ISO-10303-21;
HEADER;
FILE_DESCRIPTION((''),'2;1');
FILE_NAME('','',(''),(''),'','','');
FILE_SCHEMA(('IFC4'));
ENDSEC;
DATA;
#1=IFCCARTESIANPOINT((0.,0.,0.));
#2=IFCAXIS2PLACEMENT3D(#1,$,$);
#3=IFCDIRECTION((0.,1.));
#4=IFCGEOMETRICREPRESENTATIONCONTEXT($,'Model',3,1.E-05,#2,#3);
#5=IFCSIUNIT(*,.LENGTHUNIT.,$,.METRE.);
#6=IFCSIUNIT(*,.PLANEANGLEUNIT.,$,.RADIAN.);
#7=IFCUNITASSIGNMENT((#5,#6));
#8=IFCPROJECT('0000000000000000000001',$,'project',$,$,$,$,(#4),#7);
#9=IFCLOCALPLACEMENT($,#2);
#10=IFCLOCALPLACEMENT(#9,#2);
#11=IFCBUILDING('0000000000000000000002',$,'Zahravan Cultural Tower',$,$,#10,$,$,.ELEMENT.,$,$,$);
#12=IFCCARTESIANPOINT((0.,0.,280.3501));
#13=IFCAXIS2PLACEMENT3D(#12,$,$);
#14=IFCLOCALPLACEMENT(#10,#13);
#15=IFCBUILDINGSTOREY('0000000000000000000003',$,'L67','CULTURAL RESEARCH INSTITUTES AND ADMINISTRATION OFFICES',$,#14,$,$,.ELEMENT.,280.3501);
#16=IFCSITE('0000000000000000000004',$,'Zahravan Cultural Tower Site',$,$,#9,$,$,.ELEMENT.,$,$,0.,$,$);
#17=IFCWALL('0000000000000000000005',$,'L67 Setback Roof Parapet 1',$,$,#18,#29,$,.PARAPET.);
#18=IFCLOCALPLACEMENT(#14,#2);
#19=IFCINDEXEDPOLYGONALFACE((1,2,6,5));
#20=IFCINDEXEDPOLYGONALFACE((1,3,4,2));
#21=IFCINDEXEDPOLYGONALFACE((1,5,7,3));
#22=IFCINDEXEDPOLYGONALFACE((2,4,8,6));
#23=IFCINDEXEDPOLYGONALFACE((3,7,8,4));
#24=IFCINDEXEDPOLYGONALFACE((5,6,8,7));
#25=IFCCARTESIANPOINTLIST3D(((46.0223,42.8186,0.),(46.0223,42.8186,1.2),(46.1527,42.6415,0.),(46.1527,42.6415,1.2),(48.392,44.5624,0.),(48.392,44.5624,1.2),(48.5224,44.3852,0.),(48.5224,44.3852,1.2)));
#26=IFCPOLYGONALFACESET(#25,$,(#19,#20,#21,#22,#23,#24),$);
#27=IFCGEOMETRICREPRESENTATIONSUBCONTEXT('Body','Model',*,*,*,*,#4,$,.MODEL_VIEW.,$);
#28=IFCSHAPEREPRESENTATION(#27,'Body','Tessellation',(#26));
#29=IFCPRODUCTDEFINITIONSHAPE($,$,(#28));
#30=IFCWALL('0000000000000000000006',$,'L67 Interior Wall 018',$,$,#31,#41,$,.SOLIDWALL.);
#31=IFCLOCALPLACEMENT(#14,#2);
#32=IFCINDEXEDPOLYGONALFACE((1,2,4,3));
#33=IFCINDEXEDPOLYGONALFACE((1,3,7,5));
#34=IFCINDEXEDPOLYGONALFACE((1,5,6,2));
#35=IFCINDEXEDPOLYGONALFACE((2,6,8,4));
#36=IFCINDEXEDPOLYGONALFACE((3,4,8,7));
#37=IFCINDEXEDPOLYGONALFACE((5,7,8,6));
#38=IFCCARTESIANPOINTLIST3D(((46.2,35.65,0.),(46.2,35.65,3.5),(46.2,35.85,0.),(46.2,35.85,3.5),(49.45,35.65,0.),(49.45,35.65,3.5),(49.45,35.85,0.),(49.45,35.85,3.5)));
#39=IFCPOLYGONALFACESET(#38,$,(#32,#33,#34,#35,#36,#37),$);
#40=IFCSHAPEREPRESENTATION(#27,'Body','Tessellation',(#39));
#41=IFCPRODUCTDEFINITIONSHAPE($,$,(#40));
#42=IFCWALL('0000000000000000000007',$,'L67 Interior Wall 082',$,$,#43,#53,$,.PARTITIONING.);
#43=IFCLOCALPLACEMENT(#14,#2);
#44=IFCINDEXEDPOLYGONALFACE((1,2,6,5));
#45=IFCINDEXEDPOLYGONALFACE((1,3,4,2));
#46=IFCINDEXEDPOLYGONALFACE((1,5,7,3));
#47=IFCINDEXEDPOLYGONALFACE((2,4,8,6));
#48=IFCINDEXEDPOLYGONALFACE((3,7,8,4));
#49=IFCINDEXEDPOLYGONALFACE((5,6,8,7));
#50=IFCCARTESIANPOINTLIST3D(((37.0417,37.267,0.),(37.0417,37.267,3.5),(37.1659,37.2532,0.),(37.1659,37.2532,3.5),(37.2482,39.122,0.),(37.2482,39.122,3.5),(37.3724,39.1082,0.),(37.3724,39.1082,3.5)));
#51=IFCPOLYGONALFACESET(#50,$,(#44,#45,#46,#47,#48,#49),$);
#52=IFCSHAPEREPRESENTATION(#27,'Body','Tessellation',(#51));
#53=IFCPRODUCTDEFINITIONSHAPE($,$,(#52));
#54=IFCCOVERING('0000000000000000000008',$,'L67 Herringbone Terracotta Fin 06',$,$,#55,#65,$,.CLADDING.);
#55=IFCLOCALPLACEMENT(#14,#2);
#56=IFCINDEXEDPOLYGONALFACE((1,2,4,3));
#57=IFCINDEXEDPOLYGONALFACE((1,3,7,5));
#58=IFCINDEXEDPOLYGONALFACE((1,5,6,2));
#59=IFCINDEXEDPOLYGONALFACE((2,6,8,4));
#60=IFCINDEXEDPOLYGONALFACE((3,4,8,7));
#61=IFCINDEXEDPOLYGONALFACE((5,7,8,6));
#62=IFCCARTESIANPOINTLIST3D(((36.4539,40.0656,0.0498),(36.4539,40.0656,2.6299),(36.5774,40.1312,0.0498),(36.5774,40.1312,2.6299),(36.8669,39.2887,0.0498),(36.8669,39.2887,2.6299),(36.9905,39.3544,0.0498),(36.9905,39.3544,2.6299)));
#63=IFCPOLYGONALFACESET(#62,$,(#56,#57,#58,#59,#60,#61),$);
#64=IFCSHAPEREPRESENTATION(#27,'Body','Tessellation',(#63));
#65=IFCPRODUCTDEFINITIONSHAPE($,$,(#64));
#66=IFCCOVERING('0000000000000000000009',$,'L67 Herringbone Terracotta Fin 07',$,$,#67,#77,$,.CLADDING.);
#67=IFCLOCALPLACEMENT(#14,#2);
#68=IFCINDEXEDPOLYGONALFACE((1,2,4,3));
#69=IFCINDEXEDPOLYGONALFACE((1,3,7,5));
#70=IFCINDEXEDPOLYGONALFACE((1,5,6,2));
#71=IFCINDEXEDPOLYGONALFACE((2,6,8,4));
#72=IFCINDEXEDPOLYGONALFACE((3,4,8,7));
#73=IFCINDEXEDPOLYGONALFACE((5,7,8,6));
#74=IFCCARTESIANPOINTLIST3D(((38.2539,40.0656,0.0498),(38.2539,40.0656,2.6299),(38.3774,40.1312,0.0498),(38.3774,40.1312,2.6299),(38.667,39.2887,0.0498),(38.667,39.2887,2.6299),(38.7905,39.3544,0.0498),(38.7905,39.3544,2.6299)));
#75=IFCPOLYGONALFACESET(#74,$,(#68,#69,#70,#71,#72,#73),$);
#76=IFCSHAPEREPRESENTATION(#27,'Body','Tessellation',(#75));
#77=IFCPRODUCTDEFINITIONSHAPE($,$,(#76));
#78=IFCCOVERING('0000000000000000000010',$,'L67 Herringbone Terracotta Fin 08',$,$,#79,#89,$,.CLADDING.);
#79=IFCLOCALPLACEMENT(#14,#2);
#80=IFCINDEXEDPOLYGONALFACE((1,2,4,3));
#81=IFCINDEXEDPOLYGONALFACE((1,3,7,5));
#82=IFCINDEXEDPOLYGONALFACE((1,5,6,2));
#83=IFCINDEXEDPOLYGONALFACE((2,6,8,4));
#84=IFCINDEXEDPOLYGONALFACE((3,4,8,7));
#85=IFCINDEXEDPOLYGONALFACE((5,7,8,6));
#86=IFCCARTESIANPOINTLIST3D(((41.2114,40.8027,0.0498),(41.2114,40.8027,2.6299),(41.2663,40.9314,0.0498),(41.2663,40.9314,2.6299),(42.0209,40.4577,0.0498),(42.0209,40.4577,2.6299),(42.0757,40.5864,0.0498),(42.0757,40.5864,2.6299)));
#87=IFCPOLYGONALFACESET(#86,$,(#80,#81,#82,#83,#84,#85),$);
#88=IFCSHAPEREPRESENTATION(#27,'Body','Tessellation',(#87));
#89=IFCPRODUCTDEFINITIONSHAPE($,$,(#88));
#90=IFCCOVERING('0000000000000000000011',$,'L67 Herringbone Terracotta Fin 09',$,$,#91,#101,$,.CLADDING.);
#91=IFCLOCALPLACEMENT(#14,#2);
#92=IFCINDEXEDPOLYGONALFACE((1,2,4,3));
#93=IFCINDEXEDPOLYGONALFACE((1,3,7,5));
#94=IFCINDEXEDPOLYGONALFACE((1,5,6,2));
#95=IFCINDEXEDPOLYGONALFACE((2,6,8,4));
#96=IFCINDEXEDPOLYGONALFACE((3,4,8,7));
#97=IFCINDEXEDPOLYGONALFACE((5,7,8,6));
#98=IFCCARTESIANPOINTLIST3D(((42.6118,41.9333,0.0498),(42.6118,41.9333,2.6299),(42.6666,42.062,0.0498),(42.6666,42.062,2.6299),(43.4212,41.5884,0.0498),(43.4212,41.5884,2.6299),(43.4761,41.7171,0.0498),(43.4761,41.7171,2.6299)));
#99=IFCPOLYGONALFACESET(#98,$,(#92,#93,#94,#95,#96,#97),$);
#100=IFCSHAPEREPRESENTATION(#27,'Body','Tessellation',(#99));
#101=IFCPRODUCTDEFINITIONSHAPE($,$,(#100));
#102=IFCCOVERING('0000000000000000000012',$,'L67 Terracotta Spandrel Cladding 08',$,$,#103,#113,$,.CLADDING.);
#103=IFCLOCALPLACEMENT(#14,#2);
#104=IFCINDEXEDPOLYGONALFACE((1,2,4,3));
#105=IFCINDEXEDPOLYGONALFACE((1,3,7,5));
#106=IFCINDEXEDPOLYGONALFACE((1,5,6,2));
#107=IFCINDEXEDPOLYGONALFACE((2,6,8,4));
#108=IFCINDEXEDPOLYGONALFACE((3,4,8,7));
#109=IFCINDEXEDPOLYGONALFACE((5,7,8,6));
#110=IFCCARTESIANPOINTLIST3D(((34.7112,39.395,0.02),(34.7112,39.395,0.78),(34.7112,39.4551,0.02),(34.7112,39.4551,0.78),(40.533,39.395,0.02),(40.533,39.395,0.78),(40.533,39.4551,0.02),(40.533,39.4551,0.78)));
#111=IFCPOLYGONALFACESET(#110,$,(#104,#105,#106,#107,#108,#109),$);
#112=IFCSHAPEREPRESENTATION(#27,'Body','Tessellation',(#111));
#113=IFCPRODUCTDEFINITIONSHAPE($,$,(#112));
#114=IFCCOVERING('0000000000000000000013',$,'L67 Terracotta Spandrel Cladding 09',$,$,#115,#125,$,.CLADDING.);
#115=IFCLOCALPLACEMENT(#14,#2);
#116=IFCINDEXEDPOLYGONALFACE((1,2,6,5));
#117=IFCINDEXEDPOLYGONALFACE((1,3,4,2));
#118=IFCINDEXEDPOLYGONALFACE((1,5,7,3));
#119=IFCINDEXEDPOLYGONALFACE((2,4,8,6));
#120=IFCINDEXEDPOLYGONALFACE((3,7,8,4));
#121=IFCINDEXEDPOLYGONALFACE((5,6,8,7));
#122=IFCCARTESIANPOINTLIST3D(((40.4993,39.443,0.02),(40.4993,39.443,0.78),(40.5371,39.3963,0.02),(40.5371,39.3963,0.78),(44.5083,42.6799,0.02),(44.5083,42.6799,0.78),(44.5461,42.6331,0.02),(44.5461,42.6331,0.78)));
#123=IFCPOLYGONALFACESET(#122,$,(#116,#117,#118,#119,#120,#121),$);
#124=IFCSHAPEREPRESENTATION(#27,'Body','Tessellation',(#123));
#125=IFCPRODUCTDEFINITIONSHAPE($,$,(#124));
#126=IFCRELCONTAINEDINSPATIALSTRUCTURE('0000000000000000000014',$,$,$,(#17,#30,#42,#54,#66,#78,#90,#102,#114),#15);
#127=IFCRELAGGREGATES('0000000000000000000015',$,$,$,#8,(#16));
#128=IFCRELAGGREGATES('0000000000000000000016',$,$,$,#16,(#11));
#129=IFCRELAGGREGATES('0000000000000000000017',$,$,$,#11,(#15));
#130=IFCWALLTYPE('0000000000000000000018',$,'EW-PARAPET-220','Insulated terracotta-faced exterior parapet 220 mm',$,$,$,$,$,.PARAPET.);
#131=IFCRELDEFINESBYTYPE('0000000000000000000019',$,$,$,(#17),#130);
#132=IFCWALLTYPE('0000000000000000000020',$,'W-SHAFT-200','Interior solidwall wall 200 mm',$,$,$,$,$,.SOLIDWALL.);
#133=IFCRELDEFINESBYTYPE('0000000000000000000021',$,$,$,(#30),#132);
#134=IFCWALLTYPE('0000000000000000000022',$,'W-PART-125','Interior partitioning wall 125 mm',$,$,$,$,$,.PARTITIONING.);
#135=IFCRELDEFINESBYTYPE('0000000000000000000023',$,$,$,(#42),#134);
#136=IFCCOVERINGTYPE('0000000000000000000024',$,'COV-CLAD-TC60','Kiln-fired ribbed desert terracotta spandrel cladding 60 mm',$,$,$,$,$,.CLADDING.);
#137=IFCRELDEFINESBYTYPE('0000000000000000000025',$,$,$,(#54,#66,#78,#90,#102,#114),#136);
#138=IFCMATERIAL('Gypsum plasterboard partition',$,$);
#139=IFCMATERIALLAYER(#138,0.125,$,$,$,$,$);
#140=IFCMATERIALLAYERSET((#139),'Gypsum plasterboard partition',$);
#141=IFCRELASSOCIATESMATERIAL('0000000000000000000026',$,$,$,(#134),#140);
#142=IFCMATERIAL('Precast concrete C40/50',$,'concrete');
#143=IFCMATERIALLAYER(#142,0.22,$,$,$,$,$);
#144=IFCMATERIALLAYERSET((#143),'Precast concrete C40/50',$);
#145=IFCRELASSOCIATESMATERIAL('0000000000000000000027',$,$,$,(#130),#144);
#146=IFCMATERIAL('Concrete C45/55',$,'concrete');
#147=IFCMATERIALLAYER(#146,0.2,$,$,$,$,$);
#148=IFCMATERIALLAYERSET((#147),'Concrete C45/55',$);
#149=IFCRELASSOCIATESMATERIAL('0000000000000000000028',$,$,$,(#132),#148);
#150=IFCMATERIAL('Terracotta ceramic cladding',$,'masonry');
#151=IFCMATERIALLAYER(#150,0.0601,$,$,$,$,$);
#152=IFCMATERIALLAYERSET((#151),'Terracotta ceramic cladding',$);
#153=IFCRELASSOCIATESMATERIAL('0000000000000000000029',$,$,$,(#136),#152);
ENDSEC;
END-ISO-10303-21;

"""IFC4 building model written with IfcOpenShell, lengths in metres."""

from ifc_helpers import new_model, si_unit, direction, frame, frame_2d, origin, origin_2d, place, context, subcontext, project, spatial, rectangle, extrude, source, transform, mapped, material, layer, layer_set, type_object, element, save


model = new_model("IFC4")

# Units and contexts
model_context = context("Model", 3, precision=1e-05, world=origin(), true_north=direction((0.0, 1.0)))
body_context = subcontext(model_context, "Body", "Model", "MODEL_VIEW")
ifc_project = project(units=[si_unit("LENGTHUNIT", "METRE"), si_unit("PLANEANGLEUNIT", "RADIAN")], contexts=[model_context])

# Site, building, storey
site_placement = place(None, origin())
site = spatial("IfcSite", under=ifc_project, at=site_placement, Name="Zahravan Cultural Tower Site", CompositionType="ELEMENT", RefElevation=0.0)
building_placement = place(site_placement, origin())
building = spatial("IfcBuilding", under=site, at=building_placement, Name="Zahravan Cultural Tower", CompositionType="ELEMENT")
storey_placement = place(building_placement, frame((0.0, 0.0, 280.3501)))
storey = spatial("IfcBuildingStorey", under=building, at=storey_placement, Name="L67", Description="CULTURAL RESEARCH INSTITUTES AND ADMINISTRATION OFFICES", CompositionType="ELEMENT", Elevation=280.3501)

# Shared definitions
ifc_material_1 = material(Name="Precast concrete C40/50", Category="concrete")

# Shared definitions
ifc_material_2 = material(Name="Gypsum plasterboard partition")
ifc_layer_1 = layer(ifc_material_2, 0.125)
ifc_layer_set_1 = layer_set([ifc_layer_1], Name="Gypsum plasterboard partition")
wall_type_1 = type_object("IfcWallType", Name="W-PART-125", Description="Interior partitioning wall 125 mm", PredefinedType="PARTITIONING", material=ifc_layer_set_1)

# Walls
ifc_layer_2 = layer(ifc_material_1, 0.22)
ifc_layer_set_2 = layer_set([ifc_layer_2], Name="Precast concrete C40/50")
wall_type_2 = type_object("IfcWallType", Name="EW-PARAPET-220", Description="Insulated terracotta-faced exterior parapet 220 mm", PredefinedType="PARAPET", material=ifc_layer_set_2)
shared_shape_1 = source(origin(), body_context, "Body", "SweptSolid", [
    extrude(rectangle(XDim=2.9421, YDim=0.22, at=frame_2d((1.4712, 0.0))), origin(), (0.0, 0.0, 1.0), 1.2),
])
wall_1_placement = place(storey_placement, frame((46.0874, 42.73, 0.0), z_axis=(0.0, 0.0, 1.0), x_axis=(0.805444, 0.592672, 0.0)))
element("IfcWall", 1, at=wall_1_placement, inside=storey, type_object=wall_type_2, Name="L67 Setback Roof Parapet 1", PredefinedType="PARAPET", context=body_context, shape_type="MappedRepresentation", body=[
    mapped(shared_shape_1, transform((0.0, 0.0, 0.0), x_axis=(1.0, 0.0, 0.0), y_axis=(0.0, 1.0, 0.0), z_axis=(0.0, 0.0, 1.0), scale=1.0)),
])
ifc_material_3 = material(Name="Concrete C45/55", Category="concrete")
ifc_layer_3 = layer(ifc_material_3, 0.2)
ifc_layer_set_3 = layer_set([ifc_layer_3], Name="Concrete C45/55")
wall_type_3 = type_object("IfcWallType", Name="W-SHAFT-200", Description="Interior solidwall wall 200 mm", PredefinedType="SOLIDWALL", material=ifc_layer_set_3)
shared_shape_2 = source(origin(), body_context, "Body", "SweptSolid", [
    extrude(rectangle(XDim=3.25, YDim=0.2, at=frame_2d((1.625, 0.0))), origin(), (0.0, 0.0, 1.0), 3.5),
])
wall_2_placement = place(storey_placement, frame((46.2, 35.75, 0.0), z_axis=(0.0, 0.0, 1.0), x_axis=(1.0, 0.0, 0.0)))
element("IfcWall", 2, at=wall_2_placement, inside=storey, type_object=wall_type_3, Name="L67 Interior Wall 018", PredefinedType="SOLIDWALL", context=body_context, shape_type="MappedRepresentation", body=[
    mapped(shared_shape_2, transform((0.0, 0.0, 0.0), x_axis=(1.0, 0.0, 0.0), y_axis=(0.0, 1.0, 0.0), z_axis=(0.0, 0.0, 1.0), scale=1.0)),
])
shared_shape_3 = source(origin(), body_context, "Body", "SweptSolid", [
    extrude(rectangle(XDim=1.8665, YDim=0.125, at=frame_2d((0.9331, 0.0))), origin(), (0.0, 0.0, 1.0), 3.5),
])
wall_3_placement = place(storey_placement, frame((37.3103, 39.115, 0.0), z_axis=(0.0, 0.0, 1.0), x_axis=(-0.110661, -0.993858, 0.0)))
element("IfcWall", 3, at=wall_3_placement, inside=storey, type_object=wall_type_1, Name="L67 Interior Wall 082", PredefinedType="PARTITIONING", context=body_context, shape_type="MappedRepresentation", body=[
    mapped(shared_shape_3, transform((0.0, 0.0, 0.0), x_axis=(1.0, 0.0, 0.0), y_axis=(0.0, 1.0, 0.0), z_axis=(0.0, 0.0, 1.0), scale=1.0)),
])

# Coverings
ifc_material_4 = material(Name="Terracotta ceramic cladding", Category="masonry")
ifc_layer_4 = layer(ifc_material_4, 0.0601)
ifc_layer_set_4 = layer_set([ifc_layer_4], Name="Terracotta ceramic cladding")
covering_type = type_object("IfcCoveringType", Name="COV-CLAD-TC60", Description="Kiln-fired ribbed desert terracotta spandrel cladding 60 mm", PredefinedType="CLADDING", material=ifc_layer_set_4)
shared_shape_4 = source(origin(), body_context, "Body", "SweptSolid", [
    extrude(rectangle(XDim=0.8799, YDim=0.1399, at=origin_2d()), origin(), (0.0, 0.0, 1.0), 2.5801),
])
for number, where, z_axis, x_axis, name in (
    (4, (36.7222, 39.71, 0.0498), (0.0, 0.0, 1.0), (-0.469472, 0.882948, 0.0), "L67 Herringbone Terracotta Fin 06"),
    (5, (38.5222, 39.71, 0.0498), (0.0, 0.0, 1.0), (-0.469472, 0.882948, 0.0), "L67 Herringbone Terracotta Fin 07"),
    (6, (41.6436, 40.6946, 0.0498), (0.0, 0.0, 1.0), (-0.919938, 0.392064, 0.0), "L67 Herringbone Terracotta Fin 08"),
    (7, (43.0439, 41.8252, 0.0498), (0.0, 0.0, 1.0), (-0.919938, 0.392064, 0.0), "L67 Herringbone Terracotta Fin 09"),
):
    element("IfcCovering", number, at=place(storey_placement, frame(where, z_axis=z_axis, x_axis=x_axis)), inside=storey, type_object=covering_type, Name=name, PredefinedType="CLADDING", context=body_context, shape_type="MappedRepresentation", body=[
        mapped(shared_shape_4, transform((0.0, 0.0, 0.0), x_axis=(1.0, 0.0, 0.0), y_axis=(0.0, 1.0, 0.0), z_axis=(0.0, 0.0, 1.0), scale=1.0)),
    ])
shared_shape_5 = source(origin(), body_context, "Body", "SweptSolid", [
    extrude(rectangle(XDim=5.8218, YDim=0.0601, at=origin_2d()), origin(), (0.0, 0.0, 1.0), 0.76),
])
covering_1_placement = place(storey_placement, frame((37.6221, 39.425, 0.02), z_axis=(0.0, 0.0, 1.0), x_axis=(1.0, 0.0, 0.0)))
element("IfcCovering", 8, at=covering_1_placement, inside=storey, type_object=covering_type, Name="L67 Terracotta Spandrel Cladding 08", PredefinedType="CLADDING", context=body_context, shape_type="MappedRepresentation", body=[
    mapped(shared_shape_5, transform((0.0, 0.0, 0.0), x_axis=(1.0, 0.0, 0.0), y_axis=(0.0, 1.0, 0.0), z_axis=(0.0, 0.0, 1.0), scale=1.0)),
])
shared_shape_6 = source(origin(), body_context, "Body", "SweptSolid", [
    extrude(rectangle(XDim=5.1526, YDim=0.0601, at=origin_2d()), origin(), (0.0, 0.0, 1.0), 0.76),
])
covering_2_placement = place(storey_placement, frame((42.5227, 41.0381, 0.02), z_axis=(0.0, 0.0, 1.0), x_axis=(0.778057, 0.628194, 0.0)))
element("IfcCovering", 9, at=covering_2_placement, inside=storey, type_object=covering_type, Name="L67 Terracotta Spandrel Cladding 09", PredefinedType="CLADDING", context=body_context, shape_type="MappedRepresentation", body=[
    mapped(shared_shape_6, transform((0.0, 0.0, 0.0), x_axis=(1.0, 0.0, 0.0), y_axis=(0.0, 1.0, 0.0), z_axis=(0.0, 0.0, 1.0), scale=1.0)),
])

save(model, "model.ifc")
